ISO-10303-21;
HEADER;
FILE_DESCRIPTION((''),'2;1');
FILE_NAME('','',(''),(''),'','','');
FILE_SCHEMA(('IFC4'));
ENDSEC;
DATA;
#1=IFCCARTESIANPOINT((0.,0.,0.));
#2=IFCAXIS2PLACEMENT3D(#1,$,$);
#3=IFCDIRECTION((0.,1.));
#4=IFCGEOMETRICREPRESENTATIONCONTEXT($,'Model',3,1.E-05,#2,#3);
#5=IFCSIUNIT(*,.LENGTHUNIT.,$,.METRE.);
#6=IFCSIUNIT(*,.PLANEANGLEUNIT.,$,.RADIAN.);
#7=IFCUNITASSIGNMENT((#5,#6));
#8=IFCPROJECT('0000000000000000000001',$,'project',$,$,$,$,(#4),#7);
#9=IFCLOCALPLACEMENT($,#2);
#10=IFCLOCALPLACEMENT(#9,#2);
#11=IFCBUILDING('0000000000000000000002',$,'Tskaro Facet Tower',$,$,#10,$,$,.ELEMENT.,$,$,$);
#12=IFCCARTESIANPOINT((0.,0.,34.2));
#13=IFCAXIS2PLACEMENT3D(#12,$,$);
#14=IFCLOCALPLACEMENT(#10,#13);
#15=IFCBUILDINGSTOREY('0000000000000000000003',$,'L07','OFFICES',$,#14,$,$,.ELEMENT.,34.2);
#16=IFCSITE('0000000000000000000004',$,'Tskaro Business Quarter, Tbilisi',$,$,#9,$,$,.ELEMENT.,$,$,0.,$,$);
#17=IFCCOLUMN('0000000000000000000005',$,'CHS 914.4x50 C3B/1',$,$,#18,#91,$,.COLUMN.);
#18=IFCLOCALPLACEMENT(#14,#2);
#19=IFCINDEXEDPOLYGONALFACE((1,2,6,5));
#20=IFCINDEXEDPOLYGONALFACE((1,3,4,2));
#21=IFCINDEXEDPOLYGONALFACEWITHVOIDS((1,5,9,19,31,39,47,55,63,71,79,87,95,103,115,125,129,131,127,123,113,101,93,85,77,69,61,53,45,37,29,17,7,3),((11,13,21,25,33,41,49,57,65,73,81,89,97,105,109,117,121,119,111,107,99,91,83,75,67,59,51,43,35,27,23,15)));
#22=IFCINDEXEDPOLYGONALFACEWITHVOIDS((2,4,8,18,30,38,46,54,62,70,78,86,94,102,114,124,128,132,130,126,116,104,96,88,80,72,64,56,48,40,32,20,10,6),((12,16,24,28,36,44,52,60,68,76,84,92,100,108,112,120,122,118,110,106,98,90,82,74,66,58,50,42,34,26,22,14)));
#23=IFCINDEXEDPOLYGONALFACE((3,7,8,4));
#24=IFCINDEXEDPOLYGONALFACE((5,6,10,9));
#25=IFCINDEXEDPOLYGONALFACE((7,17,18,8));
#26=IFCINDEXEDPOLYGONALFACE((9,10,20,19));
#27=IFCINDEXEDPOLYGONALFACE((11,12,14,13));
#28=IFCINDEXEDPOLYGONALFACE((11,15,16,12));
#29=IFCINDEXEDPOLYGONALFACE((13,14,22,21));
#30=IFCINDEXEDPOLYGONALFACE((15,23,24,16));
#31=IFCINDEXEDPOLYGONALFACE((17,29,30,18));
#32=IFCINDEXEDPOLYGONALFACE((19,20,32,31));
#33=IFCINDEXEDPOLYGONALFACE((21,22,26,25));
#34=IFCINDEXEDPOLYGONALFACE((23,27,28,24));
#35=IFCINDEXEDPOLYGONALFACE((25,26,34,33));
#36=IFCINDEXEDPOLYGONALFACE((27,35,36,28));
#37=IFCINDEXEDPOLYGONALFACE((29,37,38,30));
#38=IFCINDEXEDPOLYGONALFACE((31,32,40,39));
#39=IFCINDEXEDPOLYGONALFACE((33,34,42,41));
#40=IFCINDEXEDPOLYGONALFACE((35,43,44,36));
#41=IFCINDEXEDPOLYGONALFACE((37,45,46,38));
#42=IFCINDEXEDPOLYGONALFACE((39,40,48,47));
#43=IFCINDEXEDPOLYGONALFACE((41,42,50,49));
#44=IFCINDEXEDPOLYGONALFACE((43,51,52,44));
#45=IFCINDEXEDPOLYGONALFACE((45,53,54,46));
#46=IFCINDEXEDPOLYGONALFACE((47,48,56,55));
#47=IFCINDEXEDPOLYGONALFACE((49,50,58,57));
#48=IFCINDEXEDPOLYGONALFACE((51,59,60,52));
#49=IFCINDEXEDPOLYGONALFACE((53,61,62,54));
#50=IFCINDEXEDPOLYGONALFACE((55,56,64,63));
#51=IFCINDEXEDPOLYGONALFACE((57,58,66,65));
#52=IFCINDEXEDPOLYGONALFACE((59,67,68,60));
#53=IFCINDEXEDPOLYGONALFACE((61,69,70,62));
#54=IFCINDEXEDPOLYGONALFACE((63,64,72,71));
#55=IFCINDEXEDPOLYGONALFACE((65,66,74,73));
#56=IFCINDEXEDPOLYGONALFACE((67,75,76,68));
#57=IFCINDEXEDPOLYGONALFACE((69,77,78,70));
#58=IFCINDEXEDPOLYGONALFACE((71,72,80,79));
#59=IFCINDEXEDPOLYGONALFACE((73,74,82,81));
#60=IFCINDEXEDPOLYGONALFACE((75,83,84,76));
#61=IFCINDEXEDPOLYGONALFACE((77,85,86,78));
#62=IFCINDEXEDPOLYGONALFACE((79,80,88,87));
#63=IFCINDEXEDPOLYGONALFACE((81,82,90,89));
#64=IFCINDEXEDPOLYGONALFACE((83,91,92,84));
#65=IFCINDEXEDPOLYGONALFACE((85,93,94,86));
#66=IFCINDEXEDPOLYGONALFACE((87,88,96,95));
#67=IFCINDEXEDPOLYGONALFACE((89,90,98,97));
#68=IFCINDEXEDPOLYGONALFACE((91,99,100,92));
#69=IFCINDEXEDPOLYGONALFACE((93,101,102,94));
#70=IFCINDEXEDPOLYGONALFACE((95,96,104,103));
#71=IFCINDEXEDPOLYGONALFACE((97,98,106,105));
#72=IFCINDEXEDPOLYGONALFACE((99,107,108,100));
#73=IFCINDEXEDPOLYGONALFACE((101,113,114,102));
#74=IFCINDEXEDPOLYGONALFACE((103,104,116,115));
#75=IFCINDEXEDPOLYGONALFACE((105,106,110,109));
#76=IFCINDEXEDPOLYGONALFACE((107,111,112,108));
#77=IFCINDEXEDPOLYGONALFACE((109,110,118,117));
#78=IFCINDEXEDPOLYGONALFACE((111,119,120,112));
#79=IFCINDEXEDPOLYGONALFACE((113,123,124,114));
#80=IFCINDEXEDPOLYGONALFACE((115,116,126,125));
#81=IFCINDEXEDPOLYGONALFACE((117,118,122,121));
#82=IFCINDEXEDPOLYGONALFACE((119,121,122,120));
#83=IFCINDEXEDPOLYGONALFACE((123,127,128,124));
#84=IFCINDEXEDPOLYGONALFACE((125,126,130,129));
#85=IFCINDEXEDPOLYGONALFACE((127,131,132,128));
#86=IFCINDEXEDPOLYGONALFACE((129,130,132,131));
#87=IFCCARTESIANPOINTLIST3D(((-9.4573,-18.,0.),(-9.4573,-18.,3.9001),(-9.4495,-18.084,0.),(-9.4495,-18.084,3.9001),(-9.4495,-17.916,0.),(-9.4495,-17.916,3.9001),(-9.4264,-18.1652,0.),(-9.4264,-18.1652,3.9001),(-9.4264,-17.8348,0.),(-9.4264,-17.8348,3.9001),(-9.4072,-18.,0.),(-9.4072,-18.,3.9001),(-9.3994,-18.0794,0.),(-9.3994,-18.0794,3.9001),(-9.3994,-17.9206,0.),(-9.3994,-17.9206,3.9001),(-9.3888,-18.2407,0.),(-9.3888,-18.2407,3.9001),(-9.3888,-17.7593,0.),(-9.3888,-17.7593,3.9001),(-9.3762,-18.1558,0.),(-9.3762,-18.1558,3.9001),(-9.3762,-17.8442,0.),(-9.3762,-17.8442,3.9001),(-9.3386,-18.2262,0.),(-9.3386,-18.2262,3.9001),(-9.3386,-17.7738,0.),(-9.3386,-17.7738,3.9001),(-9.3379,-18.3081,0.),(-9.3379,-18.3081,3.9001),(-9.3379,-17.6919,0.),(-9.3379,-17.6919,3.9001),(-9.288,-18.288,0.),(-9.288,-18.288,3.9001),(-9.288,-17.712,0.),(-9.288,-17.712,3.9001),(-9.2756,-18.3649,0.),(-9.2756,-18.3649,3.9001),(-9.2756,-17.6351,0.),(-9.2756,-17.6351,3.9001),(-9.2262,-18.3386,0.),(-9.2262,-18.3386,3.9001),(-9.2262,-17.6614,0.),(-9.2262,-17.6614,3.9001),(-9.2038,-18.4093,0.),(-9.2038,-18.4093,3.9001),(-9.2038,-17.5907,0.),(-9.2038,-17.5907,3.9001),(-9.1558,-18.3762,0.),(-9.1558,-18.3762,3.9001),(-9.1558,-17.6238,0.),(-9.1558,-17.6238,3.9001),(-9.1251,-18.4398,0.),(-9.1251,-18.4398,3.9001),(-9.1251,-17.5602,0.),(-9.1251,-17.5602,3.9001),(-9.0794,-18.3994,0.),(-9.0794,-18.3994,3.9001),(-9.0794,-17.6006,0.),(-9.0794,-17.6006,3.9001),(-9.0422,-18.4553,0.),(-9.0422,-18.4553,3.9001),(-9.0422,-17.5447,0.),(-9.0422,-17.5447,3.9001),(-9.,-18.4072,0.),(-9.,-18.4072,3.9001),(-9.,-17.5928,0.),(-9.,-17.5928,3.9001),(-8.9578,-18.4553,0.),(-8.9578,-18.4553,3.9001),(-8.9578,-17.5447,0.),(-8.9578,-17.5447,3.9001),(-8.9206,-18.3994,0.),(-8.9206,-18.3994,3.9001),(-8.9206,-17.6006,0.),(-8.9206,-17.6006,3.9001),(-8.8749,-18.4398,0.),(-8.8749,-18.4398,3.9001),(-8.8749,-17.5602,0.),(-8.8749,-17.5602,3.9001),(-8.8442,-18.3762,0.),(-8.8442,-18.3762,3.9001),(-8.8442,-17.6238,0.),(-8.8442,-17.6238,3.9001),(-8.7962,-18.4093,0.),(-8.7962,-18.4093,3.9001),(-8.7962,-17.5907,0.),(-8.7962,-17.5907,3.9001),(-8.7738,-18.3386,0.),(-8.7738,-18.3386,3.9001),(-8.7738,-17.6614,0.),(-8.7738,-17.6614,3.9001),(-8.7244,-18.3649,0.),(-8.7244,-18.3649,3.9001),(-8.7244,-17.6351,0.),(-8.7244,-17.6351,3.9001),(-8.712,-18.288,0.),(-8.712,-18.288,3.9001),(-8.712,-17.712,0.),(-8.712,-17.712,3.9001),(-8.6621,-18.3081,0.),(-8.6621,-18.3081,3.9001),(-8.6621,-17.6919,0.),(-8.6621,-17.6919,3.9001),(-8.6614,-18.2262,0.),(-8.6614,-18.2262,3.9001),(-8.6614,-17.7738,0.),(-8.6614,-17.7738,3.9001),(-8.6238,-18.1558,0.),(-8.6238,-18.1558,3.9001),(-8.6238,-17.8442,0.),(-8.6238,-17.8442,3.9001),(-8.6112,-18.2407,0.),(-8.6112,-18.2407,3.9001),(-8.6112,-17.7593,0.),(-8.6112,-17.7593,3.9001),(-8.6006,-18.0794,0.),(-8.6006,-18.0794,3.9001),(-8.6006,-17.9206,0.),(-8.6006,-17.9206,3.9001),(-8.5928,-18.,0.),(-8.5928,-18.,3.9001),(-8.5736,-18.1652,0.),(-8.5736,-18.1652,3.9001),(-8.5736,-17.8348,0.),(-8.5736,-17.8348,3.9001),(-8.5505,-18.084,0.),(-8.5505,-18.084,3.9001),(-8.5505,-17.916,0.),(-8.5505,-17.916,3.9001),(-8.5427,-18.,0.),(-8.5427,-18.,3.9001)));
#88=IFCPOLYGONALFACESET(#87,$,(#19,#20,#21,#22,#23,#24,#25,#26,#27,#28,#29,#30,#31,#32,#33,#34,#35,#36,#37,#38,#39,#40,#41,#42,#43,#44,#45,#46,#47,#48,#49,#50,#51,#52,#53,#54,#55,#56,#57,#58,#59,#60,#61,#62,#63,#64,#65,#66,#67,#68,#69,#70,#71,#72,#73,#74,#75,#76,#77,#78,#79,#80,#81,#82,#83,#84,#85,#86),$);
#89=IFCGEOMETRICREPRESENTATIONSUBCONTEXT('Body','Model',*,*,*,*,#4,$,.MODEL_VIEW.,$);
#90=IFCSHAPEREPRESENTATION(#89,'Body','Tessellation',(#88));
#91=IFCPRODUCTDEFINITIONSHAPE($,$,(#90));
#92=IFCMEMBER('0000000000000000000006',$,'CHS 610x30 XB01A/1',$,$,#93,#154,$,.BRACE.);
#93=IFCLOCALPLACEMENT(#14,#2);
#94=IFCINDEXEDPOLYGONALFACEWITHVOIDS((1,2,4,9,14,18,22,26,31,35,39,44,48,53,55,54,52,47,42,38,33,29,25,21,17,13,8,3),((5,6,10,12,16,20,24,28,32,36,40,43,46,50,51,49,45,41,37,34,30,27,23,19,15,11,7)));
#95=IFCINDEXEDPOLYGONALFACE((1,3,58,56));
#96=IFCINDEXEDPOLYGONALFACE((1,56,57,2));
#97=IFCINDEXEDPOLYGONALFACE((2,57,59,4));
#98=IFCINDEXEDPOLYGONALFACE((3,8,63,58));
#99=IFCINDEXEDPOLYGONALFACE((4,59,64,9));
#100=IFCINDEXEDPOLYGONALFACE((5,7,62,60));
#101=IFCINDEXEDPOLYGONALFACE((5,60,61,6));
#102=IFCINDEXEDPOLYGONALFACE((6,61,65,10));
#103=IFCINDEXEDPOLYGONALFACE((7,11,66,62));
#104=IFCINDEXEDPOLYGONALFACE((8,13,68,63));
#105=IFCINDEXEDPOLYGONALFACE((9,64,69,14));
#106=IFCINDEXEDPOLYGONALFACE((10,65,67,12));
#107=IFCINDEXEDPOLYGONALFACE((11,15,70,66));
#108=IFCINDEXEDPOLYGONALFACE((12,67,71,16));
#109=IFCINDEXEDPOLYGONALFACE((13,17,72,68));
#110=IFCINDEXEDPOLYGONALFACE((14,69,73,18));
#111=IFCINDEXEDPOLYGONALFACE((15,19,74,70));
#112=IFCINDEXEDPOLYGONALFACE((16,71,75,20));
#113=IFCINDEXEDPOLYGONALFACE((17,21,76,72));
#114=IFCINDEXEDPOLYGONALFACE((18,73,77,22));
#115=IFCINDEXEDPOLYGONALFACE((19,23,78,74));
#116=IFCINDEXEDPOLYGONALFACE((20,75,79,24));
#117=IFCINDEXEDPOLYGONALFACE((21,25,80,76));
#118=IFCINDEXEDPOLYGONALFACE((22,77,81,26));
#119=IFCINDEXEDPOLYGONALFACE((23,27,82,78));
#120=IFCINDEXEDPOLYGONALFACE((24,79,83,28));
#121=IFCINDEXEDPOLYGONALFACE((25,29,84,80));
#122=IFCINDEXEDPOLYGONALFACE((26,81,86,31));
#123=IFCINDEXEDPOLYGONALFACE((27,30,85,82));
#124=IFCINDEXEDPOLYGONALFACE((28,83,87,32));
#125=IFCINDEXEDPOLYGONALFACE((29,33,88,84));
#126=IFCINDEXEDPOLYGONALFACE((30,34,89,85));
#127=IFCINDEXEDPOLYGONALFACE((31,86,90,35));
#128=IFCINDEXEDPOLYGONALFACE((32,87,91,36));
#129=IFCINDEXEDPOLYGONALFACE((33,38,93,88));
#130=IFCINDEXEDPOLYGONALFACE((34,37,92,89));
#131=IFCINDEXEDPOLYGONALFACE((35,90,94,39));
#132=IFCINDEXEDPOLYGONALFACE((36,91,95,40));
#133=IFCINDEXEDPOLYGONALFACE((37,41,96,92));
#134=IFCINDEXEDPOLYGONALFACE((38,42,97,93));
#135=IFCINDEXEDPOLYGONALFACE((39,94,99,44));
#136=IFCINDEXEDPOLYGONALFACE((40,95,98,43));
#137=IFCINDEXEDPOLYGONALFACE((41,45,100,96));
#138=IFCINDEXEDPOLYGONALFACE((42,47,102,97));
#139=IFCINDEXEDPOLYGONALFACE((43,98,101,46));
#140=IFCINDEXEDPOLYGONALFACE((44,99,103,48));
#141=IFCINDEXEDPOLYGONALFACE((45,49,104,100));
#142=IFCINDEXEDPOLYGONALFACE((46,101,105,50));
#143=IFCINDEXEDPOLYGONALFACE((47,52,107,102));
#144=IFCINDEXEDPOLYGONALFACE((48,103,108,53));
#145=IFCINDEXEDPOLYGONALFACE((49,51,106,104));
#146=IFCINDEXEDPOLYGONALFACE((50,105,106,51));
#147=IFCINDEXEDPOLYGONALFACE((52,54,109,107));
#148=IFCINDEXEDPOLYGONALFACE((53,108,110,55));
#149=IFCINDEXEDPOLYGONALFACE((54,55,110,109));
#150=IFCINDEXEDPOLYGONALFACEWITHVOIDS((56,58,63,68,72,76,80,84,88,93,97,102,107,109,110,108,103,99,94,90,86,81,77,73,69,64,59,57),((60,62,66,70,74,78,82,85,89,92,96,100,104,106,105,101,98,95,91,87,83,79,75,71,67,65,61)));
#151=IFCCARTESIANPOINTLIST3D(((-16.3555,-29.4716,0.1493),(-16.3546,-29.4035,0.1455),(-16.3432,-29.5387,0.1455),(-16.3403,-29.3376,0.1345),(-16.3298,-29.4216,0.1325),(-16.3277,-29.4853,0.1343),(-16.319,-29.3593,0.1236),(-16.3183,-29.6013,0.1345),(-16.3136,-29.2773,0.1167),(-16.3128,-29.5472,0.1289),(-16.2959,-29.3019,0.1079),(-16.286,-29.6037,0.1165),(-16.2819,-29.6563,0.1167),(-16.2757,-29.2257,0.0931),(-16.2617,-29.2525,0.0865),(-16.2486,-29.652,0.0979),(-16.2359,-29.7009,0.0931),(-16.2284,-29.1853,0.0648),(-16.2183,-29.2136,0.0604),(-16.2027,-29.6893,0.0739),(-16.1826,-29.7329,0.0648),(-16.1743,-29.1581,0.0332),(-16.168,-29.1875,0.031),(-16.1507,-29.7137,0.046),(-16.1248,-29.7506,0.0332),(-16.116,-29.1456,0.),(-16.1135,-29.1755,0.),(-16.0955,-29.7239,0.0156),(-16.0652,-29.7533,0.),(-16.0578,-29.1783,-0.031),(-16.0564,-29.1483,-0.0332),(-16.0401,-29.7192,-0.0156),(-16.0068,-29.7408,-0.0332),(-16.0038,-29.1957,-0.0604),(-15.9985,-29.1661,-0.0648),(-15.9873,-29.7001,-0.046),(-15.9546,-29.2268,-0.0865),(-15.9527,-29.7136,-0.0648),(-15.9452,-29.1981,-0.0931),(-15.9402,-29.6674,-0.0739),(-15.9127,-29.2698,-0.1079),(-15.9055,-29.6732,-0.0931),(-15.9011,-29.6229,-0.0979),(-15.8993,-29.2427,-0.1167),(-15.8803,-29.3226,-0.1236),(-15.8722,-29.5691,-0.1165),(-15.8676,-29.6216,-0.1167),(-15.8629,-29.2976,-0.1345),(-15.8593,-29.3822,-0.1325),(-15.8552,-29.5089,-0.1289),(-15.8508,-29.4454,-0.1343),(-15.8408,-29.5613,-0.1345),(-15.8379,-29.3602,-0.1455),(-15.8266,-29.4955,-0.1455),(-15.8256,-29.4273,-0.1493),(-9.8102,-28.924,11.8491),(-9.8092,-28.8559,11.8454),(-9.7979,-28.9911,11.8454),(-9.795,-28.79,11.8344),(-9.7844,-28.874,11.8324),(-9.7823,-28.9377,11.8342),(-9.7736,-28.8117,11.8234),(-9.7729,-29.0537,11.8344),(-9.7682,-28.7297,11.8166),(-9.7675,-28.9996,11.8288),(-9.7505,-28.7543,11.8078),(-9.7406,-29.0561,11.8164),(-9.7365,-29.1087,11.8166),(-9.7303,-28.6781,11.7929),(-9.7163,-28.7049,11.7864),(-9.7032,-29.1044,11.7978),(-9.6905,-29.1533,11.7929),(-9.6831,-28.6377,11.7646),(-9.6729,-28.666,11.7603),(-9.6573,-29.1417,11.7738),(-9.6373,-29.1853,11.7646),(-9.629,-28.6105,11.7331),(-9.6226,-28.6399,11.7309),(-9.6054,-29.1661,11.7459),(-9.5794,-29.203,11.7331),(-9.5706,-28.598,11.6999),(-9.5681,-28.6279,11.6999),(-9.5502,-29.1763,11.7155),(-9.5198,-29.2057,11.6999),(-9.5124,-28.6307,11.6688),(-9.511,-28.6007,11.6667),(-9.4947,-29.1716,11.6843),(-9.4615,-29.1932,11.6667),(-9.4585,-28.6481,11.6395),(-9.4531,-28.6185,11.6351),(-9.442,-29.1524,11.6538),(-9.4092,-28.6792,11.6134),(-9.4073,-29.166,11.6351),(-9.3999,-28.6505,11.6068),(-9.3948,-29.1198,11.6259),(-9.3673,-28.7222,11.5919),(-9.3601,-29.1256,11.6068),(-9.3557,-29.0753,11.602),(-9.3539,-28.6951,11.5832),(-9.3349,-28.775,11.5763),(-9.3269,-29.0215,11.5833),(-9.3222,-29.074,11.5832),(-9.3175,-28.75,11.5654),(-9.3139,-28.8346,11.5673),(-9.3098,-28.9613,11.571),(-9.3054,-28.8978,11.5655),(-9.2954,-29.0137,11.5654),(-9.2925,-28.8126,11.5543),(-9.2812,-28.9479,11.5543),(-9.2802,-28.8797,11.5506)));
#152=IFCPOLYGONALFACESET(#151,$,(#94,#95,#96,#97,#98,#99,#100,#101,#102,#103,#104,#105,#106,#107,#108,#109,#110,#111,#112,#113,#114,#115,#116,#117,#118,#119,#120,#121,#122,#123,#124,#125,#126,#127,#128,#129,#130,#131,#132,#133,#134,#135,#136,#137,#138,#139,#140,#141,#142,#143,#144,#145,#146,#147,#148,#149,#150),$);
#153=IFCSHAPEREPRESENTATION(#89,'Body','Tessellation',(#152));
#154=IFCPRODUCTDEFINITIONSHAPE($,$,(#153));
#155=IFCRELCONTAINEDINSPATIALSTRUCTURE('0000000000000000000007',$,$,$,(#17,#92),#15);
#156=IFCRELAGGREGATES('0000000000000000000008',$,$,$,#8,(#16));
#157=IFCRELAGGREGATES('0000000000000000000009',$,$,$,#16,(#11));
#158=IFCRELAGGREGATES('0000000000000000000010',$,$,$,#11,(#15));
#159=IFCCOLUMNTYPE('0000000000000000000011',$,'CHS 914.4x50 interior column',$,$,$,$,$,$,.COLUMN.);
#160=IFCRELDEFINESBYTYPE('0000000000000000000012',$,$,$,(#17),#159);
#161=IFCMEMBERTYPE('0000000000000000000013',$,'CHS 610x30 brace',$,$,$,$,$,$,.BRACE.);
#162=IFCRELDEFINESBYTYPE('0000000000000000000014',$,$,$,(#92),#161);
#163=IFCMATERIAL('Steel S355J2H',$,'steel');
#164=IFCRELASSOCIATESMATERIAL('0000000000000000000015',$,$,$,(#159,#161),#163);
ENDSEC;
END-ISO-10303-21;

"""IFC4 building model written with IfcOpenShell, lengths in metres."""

from ifc_helpers import new_model, si_unit, direction, frame, origin, origin_2d, place, context, subcontext, project, spatial, hollow_circle, extrude, material, material_profile, profile_set, type_object, element, save


model = new_model("IFC4")

# Units and contexts
model_context = context("Model", 3, precision=1e-05, world=origin(), true_north=direction((0.0, 1.0)))
body_context = subcontext(model_context, "Body", "Model", "MODEL_VIEW")
ifc_project = project(units=[si_unit("LENGTHUNIT", "METRE"), si_unit("PLANEANGLEUNIT", "RADIAN")], contexts=[model_context])

# Site, building, storey
site_placement = place(None, origin())
site = spatial("IfcSite", under=ifc_project, at=site_placement, Name="Tskaro Business Quarter, Tbilisi", CompositionType="ELEMENT", RefElevation=0.0)
building_placement = place(site_placement, origin())
building = spatial("IfcBuilding", under=site, at=building_placement, Name="Tskaro Facet Tower", CompositionType="ELEMENT")
storey_placement = place(building_placement, frame((0.0, 0.0, 34.2)))
storey = spatial("IfcBuildingStorey", under=building, at=storey_placement, Name="L07", Description="OFFICES", CompositionType="ELEMENT", Elevation=34.2)

# Column
ifc_material_1 = material(Name="Steel S355J2H", Category="steel")
ifc_material_profile_1 = material_profile(ifc_material_1, hollow_circle(Radius=0.4573, WallThickness=0.05, at=origin_2d()), Name="CHS 914.4x50")
ifc_profile_set_1 = profile_set([ifc_material_profile_1], Name="Steel S355J2H")
column_type_1 = type_object("IfcColumnType", Name="CHS 914.4x50 interior column", PredefinedType="COLUMN", material=ifc_profile_set_1)
column_1_placement = place(storey_placement, frame((-9.0, -18.0, 0.0), z_axis=(0.0, 0.0, 1.0), x_axis=(1.0, 0.0, 0.0)))
element("IfcColumn", 1, at=column_1_placement, inside=storey, type_object=column_type_1, Name="CHS 914.4x50 C3B/1", PredefinedType="COLUMN", context=body_context, shape_type="SweptSolid", body=[
    extrude(hollow_circle(Radius=0.4573, WallThickness=0.05, at=origin_2d()), origin(), (0.0, 0.0, 1.0), 3.9001),
])

# Member
ifc_material_profile_2 = material_profile(ifc_material_1, hollow_circle(Radius=0.3049, WallThickness=0.03, at=origin_2d()), Name="CHS 610x30")
ifc_profile_set_2 = profile_set([ifc_material_profile_2], Name="Steel S355J2H")
member_type_1 = type_object("IfcMemberType", Name="CHS 610x30 brace", PredefinedType="BRACE", material=ifc_profile_set_2)
member_1_placement = place(storey_placement, frame((-16.0906, -29.4495, 0.0), z_axis=(0.487824, 0.040813, 0.871987), x_axis=(-0.083372, 0.996519, 0.0)))
element("IfcMember", 2, at=member_1_placement, inside=storey, type_object=member_type_1, Name="CHS 610x30 XB01A/1", PredefinedType="BRACE", context=body_context, shape_type="SweptSolid", body=[
    extrude(hollow_circle(Radius=0.3049, WallThickness=0.03, at=origin_2d()), origin(), (0.0, 0.0, 1.0), 13.4175),
])

save(model, "model.ifc")
